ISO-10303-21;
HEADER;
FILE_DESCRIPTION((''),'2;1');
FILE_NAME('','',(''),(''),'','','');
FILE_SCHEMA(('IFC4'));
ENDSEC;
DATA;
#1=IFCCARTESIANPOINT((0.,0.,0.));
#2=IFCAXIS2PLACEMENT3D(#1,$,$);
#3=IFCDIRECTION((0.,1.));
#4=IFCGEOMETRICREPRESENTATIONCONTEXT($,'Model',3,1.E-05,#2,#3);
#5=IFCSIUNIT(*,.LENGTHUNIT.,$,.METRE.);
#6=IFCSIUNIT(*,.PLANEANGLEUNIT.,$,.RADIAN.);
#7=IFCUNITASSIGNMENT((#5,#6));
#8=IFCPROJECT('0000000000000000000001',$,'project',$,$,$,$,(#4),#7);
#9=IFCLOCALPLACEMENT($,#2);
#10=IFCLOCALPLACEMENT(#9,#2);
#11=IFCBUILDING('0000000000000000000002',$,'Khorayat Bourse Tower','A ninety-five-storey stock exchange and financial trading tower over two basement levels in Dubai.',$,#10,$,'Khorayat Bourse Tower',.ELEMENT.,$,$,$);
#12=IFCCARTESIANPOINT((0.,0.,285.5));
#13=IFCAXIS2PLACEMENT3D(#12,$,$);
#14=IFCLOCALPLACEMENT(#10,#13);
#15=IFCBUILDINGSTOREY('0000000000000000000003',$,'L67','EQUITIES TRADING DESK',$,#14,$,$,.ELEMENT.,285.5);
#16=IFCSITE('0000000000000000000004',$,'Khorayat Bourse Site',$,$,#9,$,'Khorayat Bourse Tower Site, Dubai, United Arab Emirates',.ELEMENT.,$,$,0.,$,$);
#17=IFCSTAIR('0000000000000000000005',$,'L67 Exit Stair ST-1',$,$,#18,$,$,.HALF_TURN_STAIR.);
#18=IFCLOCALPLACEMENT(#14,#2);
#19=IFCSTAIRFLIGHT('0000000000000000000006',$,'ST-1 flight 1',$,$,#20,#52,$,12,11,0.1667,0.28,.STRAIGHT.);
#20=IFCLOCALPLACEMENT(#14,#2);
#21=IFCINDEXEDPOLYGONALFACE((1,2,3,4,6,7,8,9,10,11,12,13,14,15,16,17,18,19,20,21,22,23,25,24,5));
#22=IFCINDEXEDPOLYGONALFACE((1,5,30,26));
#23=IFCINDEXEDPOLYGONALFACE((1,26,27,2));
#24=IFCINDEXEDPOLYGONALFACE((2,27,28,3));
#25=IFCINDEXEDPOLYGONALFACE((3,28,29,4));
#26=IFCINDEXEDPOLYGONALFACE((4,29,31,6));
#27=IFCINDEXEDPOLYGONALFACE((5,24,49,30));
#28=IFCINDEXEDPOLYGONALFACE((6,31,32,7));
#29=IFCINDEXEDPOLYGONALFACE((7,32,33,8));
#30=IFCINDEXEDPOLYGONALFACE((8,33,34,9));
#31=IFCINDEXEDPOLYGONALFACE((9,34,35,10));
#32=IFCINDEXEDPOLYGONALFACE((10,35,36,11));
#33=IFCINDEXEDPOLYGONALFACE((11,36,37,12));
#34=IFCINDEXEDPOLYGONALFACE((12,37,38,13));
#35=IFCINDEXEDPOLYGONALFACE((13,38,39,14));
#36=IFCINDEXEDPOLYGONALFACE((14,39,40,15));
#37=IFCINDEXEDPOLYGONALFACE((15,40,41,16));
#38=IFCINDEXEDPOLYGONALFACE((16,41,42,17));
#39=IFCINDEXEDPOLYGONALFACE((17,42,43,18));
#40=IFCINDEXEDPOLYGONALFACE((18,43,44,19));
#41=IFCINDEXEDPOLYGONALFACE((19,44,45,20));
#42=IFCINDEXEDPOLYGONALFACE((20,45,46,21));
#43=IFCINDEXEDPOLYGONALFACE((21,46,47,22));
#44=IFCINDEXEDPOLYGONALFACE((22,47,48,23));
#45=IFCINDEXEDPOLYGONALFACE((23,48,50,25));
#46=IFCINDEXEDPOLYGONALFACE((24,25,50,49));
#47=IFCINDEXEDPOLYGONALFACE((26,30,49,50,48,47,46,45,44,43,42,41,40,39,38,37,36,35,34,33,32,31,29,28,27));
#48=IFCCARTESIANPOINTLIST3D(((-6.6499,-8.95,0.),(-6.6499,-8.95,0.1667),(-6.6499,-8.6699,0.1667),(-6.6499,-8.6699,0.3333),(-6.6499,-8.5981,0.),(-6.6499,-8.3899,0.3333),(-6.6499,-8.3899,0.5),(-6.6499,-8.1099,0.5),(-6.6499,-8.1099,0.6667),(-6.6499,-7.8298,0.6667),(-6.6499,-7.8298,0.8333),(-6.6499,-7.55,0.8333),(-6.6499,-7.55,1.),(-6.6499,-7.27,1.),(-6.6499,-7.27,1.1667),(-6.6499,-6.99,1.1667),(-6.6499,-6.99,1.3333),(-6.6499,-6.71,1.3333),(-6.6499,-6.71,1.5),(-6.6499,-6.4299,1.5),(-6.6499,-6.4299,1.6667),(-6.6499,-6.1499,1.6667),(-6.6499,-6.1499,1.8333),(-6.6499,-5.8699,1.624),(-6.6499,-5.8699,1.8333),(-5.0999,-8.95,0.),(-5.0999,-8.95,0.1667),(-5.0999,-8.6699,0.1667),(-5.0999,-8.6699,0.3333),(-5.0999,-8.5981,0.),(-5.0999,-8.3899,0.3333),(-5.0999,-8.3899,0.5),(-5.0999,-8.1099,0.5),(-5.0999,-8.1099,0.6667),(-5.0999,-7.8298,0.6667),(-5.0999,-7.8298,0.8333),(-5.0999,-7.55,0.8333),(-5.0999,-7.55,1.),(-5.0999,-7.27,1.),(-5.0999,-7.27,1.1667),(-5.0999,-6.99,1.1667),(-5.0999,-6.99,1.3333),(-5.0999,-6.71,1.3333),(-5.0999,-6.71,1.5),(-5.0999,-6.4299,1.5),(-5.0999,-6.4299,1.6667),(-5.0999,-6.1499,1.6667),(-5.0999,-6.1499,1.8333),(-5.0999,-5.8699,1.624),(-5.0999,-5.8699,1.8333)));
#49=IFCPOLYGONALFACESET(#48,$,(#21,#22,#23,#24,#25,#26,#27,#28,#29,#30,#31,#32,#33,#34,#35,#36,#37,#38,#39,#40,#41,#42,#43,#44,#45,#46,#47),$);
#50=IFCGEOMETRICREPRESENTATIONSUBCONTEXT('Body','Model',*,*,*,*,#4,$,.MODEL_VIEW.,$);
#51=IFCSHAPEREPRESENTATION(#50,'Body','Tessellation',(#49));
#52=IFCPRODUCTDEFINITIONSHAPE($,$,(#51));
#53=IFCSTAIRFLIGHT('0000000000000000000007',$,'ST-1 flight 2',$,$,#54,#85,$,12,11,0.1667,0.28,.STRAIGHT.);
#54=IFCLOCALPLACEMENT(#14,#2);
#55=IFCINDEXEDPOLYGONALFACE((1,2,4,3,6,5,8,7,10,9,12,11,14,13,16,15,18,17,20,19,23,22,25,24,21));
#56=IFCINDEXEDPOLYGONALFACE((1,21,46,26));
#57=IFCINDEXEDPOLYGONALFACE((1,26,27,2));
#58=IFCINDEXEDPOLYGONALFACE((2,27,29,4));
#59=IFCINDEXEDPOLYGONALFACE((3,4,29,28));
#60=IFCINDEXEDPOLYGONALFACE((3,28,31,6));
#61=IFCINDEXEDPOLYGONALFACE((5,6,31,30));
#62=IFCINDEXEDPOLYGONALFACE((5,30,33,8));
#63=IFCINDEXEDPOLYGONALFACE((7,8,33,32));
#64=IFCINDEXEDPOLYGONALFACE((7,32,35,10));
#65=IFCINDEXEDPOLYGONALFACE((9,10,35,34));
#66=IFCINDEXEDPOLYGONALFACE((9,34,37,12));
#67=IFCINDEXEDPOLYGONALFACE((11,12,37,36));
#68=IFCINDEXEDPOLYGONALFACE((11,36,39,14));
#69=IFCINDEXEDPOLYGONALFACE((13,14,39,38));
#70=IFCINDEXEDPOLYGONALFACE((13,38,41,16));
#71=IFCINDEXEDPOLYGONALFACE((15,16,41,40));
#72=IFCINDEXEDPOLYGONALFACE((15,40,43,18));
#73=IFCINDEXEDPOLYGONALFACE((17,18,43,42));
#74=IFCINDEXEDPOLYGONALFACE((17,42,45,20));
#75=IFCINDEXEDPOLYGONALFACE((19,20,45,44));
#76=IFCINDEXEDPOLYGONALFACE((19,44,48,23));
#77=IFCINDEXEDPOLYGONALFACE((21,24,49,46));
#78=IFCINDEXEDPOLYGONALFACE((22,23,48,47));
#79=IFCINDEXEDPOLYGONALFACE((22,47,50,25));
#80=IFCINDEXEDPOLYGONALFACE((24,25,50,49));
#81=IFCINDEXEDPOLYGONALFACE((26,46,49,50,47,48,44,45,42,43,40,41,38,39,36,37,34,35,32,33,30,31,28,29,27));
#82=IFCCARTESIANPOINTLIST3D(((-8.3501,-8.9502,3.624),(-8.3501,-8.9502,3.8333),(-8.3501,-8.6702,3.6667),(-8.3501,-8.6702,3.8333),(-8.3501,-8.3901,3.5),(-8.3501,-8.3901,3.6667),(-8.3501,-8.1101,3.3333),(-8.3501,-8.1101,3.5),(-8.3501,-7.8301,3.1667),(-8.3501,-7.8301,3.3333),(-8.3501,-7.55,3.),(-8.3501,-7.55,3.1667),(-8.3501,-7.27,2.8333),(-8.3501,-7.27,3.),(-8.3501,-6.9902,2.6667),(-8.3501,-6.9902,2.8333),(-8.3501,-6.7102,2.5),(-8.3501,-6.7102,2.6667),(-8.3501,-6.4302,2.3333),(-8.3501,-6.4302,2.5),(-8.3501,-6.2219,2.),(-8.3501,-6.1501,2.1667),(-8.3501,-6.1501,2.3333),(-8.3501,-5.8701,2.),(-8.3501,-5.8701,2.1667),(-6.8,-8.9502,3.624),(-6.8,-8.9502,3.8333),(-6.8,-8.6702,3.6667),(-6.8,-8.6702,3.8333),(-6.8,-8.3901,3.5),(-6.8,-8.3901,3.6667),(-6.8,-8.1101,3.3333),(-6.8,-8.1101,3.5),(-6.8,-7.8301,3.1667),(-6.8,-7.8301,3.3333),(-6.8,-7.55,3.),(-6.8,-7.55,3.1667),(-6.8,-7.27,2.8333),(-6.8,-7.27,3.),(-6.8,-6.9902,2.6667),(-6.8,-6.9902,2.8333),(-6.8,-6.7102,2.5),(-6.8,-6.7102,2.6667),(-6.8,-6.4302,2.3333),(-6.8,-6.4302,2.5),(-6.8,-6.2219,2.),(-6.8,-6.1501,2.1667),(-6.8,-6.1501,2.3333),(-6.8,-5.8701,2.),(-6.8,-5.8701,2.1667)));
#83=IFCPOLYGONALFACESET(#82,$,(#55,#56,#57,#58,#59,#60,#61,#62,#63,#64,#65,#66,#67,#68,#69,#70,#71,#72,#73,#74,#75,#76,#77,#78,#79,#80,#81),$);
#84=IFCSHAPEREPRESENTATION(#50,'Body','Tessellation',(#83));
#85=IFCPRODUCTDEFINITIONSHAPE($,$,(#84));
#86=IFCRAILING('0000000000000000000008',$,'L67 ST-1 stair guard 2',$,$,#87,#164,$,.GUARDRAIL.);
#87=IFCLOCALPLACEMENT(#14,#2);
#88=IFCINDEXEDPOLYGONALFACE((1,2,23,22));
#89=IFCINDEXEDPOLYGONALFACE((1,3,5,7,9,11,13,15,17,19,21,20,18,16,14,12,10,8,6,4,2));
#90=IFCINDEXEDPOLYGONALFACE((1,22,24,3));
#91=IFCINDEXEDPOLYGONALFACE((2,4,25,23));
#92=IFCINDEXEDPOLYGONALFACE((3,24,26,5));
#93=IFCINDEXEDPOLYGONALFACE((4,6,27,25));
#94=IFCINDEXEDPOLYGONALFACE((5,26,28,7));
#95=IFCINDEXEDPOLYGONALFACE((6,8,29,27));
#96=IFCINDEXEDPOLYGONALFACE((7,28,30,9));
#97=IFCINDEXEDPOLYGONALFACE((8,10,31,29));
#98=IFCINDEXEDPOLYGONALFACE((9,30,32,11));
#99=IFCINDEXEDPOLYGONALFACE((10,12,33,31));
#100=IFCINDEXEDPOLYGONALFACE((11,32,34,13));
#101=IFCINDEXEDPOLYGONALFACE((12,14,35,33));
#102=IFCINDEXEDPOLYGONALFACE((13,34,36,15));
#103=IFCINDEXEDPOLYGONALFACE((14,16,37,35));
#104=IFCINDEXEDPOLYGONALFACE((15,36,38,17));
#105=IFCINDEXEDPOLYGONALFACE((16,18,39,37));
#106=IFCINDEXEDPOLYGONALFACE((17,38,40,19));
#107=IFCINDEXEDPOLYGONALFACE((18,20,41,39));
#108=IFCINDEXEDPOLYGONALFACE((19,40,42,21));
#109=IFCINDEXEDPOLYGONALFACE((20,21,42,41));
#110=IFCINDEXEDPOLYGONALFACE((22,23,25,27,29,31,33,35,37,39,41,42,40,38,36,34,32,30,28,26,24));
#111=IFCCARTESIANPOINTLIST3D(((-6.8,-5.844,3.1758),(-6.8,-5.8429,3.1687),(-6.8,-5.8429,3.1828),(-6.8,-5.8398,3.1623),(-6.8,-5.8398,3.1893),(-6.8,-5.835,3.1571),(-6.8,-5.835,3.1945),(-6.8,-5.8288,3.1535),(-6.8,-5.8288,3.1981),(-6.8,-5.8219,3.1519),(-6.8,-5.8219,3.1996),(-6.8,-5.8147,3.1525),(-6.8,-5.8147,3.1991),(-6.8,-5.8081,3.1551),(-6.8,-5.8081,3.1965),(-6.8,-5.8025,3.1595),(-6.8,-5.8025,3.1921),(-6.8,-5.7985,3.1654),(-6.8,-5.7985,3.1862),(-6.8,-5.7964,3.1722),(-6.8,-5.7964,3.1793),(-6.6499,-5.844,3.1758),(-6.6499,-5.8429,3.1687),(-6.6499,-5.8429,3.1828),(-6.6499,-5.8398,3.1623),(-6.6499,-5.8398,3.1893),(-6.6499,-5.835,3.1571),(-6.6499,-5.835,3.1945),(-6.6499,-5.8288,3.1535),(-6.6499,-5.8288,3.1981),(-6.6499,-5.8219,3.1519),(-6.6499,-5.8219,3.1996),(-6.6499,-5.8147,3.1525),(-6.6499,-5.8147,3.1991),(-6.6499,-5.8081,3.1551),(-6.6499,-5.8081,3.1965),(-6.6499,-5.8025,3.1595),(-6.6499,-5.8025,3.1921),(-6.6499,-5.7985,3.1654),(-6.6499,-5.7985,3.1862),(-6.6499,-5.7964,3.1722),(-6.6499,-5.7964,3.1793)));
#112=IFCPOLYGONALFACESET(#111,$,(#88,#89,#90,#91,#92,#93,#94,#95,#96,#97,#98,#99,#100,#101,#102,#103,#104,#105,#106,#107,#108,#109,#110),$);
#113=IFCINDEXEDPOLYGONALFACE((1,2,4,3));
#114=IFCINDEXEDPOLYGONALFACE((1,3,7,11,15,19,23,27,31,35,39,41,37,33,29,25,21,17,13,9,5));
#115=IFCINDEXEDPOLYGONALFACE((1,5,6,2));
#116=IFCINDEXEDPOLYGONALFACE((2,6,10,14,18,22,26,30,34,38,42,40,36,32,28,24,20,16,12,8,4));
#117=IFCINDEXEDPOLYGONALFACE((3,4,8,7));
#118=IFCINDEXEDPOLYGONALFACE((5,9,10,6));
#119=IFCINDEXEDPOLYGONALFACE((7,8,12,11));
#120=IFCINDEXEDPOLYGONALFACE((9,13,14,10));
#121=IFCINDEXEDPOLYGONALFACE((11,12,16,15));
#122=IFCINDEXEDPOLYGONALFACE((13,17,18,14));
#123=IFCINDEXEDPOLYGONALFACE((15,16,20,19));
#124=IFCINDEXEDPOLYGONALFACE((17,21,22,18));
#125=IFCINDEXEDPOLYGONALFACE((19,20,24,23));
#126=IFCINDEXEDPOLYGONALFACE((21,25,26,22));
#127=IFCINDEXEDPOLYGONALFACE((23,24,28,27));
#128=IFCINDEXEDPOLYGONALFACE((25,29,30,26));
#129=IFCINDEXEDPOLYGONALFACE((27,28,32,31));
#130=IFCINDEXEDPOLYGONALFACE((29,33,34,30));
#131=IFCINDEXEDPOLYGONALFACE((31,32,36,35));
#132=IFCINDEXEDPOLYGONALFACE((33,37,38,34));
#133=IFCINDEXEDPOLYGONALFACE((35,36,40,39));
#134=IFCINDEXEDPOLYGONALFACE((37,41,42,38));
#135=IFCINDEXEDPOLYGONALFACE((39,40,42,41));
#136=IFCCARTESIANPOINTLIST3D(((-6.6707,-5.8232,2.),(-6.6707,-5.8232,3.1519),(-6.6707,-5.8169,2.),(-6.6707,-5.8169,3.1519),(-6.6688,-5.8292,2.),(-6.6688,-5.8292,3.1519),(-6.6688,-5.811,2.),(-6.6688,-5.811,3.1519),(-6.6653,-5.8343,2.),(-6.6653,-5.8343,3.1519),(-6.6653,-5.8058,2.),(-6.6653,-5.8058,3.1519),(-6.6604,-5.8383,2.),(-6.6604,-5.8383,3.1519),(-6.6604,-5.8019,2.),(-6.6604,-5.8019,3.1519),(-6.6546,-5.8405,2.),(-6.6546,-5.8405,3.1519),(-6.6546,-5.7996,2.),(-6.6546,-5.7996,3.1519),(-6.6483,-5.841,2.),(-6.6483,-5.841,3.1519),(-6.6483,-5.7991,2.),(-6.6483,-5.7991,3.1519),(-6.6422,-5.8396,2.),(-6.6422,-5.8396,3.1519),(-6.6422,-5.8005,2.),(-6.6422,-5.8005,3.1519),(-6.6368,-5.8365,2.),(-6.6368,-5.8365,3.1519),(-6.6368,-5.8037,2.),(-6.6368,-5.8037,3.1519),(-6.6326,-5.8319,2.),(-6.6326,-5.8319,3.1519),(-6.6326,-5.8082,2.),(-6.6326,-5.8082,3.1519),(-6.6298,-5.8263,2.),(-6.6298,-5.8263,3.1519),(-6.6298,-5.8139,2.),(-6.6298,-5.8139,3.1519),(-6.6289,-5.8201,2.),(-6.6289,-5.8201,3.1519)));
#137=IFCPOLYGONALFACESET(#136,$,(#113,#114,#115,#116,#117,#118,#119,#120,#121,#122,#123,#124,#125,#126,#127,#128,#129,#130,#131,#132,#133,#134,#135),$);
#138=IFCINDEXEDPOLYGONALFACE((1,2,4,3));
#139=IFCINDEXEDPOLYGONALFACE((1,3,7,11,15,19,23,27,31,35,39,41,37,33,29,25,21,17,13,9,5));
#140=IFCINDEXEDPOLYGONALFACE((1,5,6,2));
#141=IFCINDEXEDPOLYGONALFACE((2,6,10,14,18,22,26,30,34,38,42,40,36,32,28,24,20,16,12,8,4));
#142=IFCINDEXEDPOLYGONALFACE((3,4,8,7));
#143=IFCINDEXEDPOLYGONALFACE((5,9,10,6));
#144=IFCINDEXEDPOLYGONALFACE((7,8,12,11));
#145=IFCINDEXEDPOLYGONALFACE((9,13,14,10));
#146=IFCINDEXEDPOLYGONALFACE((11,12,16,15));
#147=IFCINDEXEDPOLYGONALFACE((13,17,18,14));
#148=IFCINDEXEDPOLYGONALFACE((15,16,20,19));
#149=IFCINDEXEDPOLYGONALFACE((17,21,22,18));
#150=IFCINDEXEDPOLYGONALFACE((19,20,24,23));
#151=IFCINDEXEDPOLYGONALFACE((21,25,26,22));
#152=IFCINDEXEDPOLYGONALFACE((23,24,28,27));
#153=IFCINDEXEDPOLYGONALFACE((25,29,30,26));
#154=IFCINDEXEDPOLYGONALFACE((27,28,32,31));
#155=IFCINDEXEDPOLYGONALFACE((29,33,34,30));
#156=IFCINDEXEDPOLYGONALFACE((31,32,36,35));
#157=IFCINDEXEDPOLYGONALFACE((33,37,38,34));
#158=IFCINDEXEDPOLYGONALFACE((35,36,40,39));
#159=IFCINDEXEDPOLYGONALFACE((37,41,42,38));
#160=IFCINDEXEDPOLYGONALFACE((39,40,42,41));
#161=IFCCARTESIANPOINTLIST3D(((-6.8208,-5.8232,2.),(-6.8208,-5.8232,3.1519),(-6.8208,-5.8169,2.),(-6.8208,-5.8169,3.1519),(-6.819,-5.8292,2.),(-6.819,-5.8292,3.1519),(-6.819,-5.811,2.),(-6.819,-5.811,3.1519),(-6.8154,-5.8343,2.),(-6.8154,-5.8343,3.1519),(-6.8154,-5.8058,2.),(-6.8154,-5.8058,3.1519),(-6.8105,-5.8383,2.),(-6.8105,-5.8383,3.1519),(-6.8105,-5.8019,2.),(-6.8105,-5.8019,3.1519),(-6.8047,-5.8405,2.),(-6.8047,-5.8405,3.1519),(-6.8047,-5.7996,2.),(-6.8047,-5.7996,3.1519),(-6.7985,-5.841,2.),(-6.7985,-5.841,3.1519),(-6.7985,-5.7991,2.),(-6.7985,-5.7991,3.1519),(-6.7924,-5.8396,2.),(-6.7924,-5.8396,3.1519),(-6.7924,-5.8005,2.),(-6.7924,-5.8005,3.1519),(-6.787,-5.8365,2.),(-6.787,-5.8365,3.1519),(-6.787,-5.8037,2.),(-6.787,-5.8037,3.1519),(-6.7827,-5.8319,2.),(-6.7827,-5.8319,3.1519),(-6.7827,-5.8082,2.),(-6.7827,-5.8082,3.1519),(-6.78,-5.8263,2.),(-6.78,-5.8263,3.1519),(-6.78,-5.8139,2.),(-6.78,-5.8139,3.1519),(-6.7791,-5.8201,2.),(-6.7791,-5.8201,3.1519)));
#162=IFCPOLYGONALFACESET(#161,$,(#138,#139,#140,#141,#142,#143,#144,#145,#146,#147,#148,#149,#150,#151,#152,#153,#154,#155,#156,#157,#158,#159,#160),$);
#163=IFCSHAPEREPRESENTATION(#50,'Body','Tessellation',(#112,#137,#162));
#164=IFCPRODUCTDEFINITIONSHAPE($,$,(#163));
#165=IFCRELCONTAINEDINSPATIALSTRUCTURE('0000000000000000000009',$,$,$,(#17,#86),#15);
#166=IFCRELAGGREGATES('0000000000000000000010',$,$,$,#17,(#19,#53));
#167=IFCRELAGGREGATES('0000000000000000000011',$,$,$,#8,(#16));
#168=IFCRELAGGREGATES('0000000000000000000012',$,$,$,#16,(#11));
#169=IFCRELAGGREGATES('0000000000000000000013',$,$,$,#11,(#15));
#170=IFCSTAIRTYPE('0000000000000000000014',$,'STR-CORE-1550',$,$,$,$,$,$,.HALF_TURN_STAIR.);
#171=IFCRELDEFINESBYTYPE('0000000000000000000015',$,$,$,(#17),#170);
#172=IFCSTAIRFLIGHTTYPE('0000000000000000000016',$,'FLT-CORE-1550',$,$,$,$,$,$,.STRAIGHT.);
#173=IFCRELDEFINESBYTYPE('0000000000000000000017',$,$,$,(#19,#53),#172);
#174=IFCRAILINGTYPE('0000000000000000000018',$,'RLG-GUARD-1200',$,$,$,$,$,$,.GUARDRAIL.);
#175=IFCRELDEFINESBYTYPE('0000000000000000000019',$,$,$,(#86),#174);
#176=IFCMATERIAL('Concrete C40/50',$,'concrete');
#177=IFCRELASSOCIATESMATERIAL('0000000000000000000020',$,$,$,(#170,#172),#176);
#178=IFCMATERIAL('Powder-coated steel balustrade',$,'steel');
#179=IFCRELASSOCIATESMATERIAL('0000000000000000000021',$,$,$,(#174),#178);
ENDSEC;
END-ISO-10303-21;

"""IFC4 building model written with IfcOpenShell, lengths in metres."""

from ifc_helpers import new_model, si_unit, direction, frame, origin, origin_2d, place, context, subcontext, project, spatial, polyline, circle, outline, extrude, source, transform, mapped, material, type_object, element, aggregate, save


model = new_model("IFC4")

# Units and contexts
model_context = context("Model", 3, precision=1e-05, world=origin(), true_north=direction((0.0, 1.0)))
body_context = subcontext(model_context, "Body", "Model", "MODEL_VIEW")
ifc_project = project(units=[si_unit("LENGTHUNIT", "METRE"), si_unit("PLANEANGLEUNIT", "RADIAN")], contexts=[model_context])

# Site, building, storey
site_placement = place(None, origin())
site = spatial("IfcSite", under=ifc_project, at=site_placement, Name="Khorayat Bourse Site", LongName="Khorayat Bourse Tower Site, Dubai, United Arab Emirates", CompositionType="ELEMENT", RefElevation=0.0)
building_placement = place(site_placement, origin())
building = spatial("IfcBuilding", under=site, at=building_placement, Name="Khorayat Bourse Tower", Description="A ninety-five-storey stock exchange and financial trading tower over two basement levels in Dubai.", LongName="Khorayat Bourse Tower", CompositionType="ELEMENT")
storey_placement = place(building_placement, frame((0.0, 0.0, 285.5)))
storey = spatial("IfcBuildingStorey", under=building, at=storey_placement, Name="L67", Description="EQUITIES TRADING DESK", CompositionType="ELEMENT", Elevation=285.5)

# Stair, stair flights
ifc_material_1 = material(Name="Concrete C40/50", Category="concrete")
stair_type = type_object("IfcStairType", Name="STR-CORE-1550", PredefinedType="HALF_TURN_STAIR", material=ifc_material_1)
stair_placement = place(storey_placement, origin())
stair = element("IfcStair", 1, at=stair_placement, inside=storey, type_object=stair_type, Name="L67 Exit Stair ST-1", PredefinedType="HALF_TURN_STAIR")
stair_flight_type = type_object("IfcStairFlightType", Name="FLT-CORE-1550", PredefinedType="STRAIGHT", material=ifc_material_1)
shared_shape_1 = source(origin(), body_context, "Body", "SweptSolid", [
    extrude(outline(polyline([(0.0, 0.0), (0.0, 0.1667), (0.28, 0.1667), (0.28, 0.3333), (0.5601, 0.3333), (0.5601, 0.5), (0.8401, 0.5), (0.8401, 0.6667), (1.1201, 0.6667), (1.1201, 0.8333), (1.3999, 0.8333), (1.3999, 1.0), (1.6799, 1.0), (1.6799, 1.1667), (1.96, 1.1667), (1.96, 1.3333), (2.24, 1.3333), (2.24, 1.5), (2.52, 1.5), (2.52, 1.6667), (2.8, 1.6667), (2.8, 1.8333), (3.0801, 1.8333), (3.0801, 2.0), (3.0801, 1.624), (0.3518, 0.0), (0.0, 0.0)])), frame((0.0, 0.7749, 0.0), z_axis=(0.0, -1.0, 0.0), x_axis=(1.0, 0.0, 0.0)), (0.0, 0.0, 1.0), 1.55),
])
stair_flight_1_placement = place(storey_placement, frame((-5.875, -8.95, 0.0), z_axis=(0.0, 0.0, 1.0), x_axis=(0.0, 1.0, 0.0)))
stair_flight_1 = element("IfcStairFlight", 2, at=stair_flight_1_placement, type_object=stair_flight_type, Name="ST-1 flight 1", NumberOfRisers=12, NumberOfTreads=11, PredefinedType="STRAIGHT", RiserHeight=0.1667, TreadLength=0.28, context=body_context, shape_type="MappedRepresentation", body=[
    mapped(shared_shape_1, transform((0.0, 0.0, 0.0), scale=1.0)),
])
stair_flight_2_placement = place(storey_placement, frame((-7.575, -5.8701, 2.0), z_axis=(0.0, 0.0, 1.0), x_axis=(0.0, -1.0, 0.0)))
stair_flight_2 = element("IfcStairFlight", 3, at=stair_flight_2_placement, type_object=stair_flight_type, Name="ST-1 flight 2", NumberOfRisers=12, NumberOfTreads=11, PredefinedType="STRAIGHT", RiserHeight=0.1667, TreadLength=0.28, context=body_context, shape_type="MappedRepresentation", body=[
    mapped(shared_shape_1, transform((0.0, 0.0, 0.0), scale=1.0)),
])
aggregate(stair, [stair_flight_1, stair_flight_2])

# Railing
ifc_material_2 = material(Name="Powder-coated steel balustrade", Category="steel")
railing_type_1 = type_object("IfcRailingType", Name="RLG-GUARD-1200", PredefinedType="GUARDRAIL", material=ifc_material_2)
shared_shape_2 = source(origin(), body_context, "Body", "SweptSolid", [
    extrude(circle(Radius=0.0239, at=origin_2d()), frame((0.0, 0.0, 1.1758), z_axis=(-1.0, 0.0, 0.0), x_axis=(0.0, -1.0, 0.0)), (0.0, 0.0, 1.0), 0.1501),
    extrude(circle(Radius=0.021, at=origin_2d()), origin(), (0.0, 0.0, 1.0), 1.1519),
    extrude(circle(Radius=0.021, at=origin_2d()), frame((-0.1501, 0.0, 0.0)), (0.0, 0.0, 1.0), 1.1519),
])
for number, where, name in (
    (4, (-6.6499, -5.8201, 2.0), "L67 ST-1 stair guard 2"),
):
    element("IfcRailing", number, at=place(storey_placement, frame(where)), inside=storey, type_object=railing_type_1, Name=name, PredefinedType="GUARDRAIL", context=body_context, shape_type="MappedRepresentation", body=[
        mapped(shared_shape_2, transform((0.0, 0.0, 0.0), scale=1.0)),
    ])

save(model, "model.ifc")
